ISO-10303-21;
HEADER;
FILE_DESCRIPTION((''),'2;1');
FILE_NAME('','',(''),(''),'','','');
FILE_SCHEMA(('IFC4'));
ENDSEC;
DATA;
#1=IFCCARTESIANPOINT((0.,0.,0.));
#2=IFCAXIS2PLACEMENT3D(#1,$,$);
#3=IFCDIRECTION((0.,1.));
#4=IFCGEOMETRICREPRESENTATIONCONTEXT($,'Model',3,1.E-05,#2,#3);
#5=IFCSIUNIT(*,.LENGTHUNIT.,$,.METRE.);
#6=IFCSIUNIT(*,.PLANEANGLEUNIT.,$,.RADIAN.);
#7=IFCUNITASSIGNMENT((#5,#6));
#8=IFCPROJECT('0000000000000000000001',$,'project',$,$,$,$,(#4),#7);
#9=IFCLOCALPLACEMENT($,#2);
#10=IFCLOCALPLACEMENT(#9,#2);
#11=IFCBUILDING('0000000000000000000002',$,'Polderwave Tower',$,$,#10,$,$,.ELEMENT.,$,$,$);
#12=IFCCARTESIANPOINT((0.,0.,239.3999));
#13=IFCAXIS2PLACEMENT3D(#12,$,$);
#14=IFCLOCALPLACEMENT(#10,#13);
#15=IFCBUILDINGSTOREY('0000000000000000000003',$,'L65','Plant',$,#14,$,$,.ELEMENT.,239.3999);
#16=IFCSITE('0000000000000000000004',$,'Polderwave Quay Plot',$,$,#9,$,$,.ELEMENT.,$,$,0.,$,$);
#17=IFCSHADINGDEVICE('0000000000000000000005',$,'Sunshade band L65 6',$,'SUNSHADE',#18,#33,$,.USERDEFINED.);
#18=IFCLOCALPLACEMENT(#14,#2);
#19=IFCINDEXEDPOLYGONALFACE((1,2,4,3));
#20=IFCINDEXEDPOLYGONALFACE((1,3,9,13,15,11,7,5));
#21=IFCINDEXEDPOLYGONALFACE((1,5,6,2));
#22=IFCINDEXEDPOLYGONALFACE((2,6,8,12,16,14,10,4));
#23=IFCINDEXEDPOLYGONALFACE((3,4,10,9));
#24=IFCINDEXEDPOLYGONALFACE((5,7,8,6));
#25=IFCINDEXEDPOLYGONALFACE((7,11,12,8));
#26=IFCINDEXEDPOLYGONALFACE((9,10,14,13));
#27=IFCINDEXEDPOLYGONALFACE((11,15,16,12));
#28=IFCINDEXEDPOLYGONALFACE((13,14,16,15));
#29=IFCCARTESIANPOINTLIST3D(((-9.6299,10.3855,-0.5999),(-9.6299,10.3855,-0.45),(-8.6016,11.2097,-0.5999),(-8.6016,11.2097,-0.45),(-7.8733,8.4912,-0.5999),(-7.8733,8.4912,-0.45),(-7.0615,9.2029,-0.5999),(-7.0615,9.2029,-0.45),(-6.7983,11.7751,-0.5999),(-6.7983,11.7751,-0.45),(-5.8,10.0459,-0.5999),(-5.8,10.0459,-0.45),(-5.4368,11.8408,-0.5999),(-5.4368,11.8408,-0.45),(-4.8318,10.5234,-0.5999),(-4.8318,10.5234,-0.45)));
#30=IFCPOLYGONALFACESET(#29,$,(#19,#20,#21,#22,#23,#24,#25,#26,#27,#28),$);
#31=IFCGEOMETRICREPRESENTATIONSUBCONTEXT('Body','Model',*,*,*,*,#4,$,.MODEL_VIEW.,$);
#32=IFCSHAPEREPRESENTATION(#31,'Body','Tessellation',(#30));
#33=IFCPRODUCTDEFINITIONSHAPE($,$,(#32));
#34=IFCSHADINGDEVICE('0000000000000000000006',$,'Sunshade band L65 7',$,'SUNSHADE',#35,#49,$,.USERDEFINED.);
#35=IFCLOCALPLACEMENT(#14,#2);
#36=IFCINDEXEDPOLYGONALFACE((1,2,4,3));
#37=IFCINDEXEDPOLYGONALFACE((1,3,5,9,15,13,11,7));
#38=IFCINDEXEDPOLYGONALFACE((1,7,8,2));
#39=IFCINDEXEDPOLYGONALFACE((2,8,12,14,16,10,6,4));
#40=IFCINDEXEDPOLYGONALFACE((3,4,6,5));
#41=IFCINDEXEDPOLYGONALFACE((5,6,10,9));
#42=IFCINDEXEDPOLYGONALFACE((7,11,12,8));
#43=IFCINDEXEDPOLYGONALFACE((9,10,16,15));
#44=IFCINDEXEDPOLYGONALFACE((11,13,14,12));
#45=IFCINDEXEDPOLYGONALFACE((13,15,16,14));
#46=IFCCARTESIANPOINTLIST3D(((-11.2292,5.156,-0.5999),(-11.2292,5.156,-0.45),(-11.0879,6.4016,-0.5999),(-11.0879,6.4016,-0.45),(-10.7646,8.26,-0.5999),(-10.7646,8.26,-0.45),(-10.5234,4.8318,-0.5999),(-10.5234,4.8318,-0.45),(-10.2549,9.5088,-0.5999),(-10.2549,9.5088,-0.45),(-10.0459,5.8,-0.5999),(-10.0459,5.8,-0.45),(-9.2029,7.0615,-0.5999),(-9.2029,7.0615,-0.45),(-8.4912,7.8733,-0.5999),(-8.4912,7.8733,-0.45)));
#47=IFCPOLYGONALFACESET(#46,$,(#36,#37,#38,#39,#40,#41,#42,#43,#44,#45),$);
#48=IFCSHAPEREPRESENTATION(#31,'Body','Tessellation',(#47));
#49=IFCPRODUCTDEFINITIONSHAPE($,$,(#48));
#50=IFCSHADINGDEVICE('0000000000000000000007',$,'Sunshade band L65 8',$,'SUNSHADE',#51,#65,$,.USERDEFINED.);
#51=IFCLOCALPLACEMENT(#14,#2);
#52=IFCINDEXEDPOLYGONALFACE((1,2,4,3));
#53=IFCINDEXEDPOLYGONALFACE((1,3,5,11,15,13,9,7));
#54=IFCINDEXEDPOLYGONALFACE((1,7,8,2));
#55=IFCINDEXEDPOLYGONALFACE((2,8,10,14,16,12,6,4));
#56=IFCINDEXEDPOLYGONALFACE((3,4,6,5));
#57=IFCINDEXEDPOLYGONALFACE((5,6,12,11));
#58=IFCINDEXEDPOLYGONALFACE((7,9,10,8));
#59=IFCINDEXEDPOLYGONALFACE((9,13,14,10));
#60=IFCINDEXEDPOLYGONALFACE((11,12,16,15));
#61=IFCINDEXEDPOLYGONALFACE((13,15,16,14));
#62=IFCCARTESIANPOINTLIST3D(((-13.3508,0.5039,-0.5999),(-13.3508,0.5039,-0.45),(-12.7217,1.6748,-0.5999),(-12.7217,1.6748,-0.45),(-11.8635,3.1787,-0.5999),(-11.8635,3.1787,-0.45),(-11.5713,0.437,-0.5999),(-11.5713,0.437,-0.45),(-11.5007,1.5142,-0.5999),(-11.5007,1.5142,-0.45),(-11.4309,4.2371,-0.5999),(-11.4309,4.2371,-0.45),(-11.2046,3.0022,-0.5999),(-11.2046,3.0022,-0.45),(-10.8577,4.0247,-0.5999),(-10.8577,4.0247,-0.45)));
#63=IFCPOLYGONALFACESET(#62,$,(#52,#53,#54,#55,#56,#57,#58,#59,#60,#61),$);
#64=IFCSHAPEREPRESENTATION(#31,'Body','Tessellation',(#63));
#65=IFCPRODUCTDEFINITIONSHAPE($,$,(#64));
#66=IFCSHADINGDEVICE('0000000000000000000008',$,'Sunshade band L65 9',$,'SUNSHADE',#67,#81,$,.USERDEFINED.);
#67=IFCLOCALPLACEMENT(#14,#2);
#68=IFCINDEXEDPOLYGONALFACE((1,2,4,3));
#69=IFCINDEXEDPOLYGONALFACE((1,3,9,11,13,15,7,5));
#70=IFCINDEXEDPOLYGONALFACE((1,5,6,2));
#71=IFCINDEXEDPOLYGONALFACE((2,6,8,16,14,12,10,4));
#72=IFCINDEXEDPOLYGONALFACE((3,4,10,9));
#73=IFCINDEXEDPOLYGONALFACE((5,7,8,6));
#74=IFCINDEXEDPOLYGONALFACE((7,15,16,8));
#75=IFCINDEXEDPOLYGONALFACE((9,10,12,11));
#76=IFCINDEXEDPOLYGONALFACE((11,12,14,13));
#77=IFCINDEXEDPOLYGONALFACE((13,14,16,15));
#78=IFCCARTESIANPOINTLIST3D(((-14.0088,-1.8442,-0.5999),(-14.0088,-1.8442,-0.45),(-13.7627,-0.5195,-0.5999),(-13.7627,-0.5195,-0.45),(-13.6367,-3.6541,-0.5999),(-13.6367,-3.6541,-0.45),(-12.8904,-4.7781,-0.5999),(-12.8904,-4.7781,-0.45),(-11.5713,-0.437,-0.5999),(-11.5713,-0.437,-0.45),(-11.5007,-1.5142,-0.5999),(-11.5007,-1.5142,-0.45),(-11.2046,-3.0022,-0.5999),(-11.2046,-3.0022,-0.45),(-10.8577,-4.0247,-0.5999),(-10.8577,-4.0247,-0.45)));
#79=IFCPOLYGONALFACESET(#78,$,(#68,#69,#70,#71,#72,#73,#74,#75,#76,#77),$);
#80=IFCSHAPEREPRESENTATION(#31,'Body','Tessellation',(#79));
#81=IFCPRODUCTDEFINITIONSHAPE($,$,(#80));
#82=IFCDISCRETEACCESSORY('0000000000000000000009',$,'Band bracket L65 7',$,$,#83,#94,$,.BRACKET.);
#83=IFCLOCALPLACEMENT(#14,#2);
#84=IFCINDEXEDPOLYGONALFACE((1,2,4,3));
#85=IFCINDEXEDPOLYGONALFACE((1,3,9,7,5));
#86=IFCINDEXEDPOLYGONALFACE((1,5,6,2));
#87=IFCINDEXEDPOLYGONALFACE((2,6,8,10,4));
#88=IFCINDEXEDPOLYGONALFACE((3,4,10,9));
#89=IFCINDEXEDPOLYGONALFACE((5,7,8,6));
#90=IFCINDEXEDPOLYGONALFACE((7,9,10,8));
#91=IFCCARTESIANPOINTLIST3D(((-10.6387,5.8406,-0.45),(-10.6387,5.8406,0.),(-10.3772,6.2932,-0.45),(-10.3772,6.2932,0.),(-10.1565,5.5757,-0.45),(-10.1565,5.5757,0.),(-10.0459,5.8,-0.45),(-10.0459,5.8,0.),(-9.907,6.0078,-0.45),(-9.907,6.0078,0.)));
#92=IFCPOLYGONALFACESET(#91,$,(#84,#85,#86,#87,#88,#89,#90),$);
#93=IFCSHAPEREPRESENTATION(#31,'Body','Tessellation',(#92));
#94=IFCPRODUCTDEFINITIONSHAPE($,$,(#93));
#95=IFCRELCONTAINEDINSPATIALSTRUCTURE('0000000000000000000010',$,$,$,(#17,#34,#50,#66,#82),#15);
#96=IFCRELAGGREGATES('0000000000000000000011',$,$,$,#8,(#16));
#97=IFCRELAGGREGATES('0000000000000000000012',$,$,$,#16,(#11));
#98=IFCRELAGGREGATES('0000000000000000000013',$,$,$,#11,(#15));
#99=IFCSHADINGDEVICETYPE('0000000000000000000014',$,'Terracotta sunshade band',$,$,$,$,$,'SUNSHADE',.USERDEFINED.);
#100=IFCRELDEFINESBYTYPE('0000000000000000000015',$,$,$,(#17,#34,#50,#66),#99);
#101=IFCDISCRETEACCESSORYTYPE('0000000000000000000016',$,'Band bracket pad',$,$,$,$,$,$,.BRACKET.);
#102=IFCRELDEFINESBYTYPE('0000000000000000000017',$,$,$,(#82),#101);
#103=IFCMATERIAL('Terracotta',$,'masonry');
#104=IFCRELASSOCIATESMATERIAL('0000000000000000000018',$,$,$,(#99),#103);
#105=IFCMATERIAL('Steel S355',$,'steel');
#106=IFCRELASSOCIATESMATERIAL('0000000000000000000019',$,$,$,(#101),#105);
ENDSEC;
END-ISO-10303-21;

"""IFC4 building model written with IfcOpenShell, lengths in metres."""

from ifc_helpers import new_model, si_unit, direction, frame, origin, place, context, subcontext, project, spatial, polyline, outline, extrude, material, type_object, element, save


model = new_model("IFC4")

# Units and contexts
model_context = context("Model", 3, precision=1e-05, world=origin(), true_north=direction((0.0, 1.0)))
body_context = subcontext(model_context, "Body", "Model", "MODEL_VIEW")
ifc_project = project(units=[si_unit("LENGTHUNIT", "METRE"), si_unit("PLANEANGLEUNIT", "RADIAN")], contexts=[model_context])

# Site, building, storey
site_placement = place(None, origin())
site = spatial("IfcSite", under=ifc_project, at=site_placement, Name="Polderwave Quay Plot", CompositionType="ELEMENT", RefElevation=0.0)
building_placement = place(site_placement, origin())
building = spatial("IfcBuilding", under=site, at=building_placement, Name="Polderwave Tower", CompositionType="ELEMENT")
storey_placement = place(building_placement, frame((0.0, 0.0, 239.3999)))
storey = spatial("IfcBuildingStorey", under=building, at=storey_placement, Name="L65", Description="Plant", CompositionType="ELEMENT", Elevation=239.3999)

# Shading devices
ifc_material_1 = material(Name="Terracotta", Category="masonry")
shading_device_type = type_object("IfcShadingDeviceType", Name="Terracotta sunshade band", ElementType="SUNSHADE", PredefinedType="USERDEFINED", material=ifc_material_1)
shading_device_1_placement = place(storey_placement, frame((0.0, 0.0, -0.5999)))
element("IfcShadingDevice", 1, at=shading_device_1_placement, inside=storey, type_object=shading_device_type, Name="Sunshade band L65 6", ObjectType="SUNSHADE", PredefinedType="USERDEFINED", context=body_context, shape_type="SweptSolid", body=[
    extrude(outline(polyline([(-4.8318, 10.5234), (-5.8, 10.0459), (-7.0615, 9.2029), (-7.8733, 8.4912), (-9.6299, 10.3855), (-8.6016, 11.2097), (-6.7983, 11.7751), (-5.4368, 11.8408), (-4.8318, 10.5234)])), origin(), (0.0, 0.0, 1.0), 0.1499),
])
shading_device_2_placement = place(storey_placement, frame((0.0, 0.0, -0.5999)))
element("IfcShadingDevice", 2, at=shading_device_2_placement, inside=storey, type_object=shading_device_type, Name="Sunshade band L65 7", ObjectType="SUNSHADE", PredefinedType="USERDEFINED", context=body_context, shape_type="SweptSolid", body=[
    extrude(outline(polyline([(-8.4912, 7.8733), (-9.2029, 7.0615), (-10.0459, 5.8), (-10.5234, 4.8318), (-11.2292, 5.156), (-11.0879, 6.4016), (-10.7646, 8.26), (-10.2549, 9.5088), (-8.4912, 7.8733)])), origin(), (0.0, 0.0, 1.0), 0.1499),
])
shading_device_3_placement = place(storey_placement, frame((0.0, 0.0, -0.5999)))
element("IfcShadingDevice", 3, at=shading_device_3_placement, inside=storey, type_object=shading_device_type, Name="Sunshade band L65 8", ObjectType="SUNSHADE", PredefinedType="USERDEFINED", context=body_context, shape_type="SweptSolid", body=[
    extrude(outline(polyline([(-10.8577, 4.0247), (-11.2046, 3.0022), (-11.5007, 1.5142), (-11.5713, 0.437), (-13.3508, 0.5039), (-12.7217, 1.6748), (-11.8635, 3.1787), (-11.4309, 4.2371), (-10.8577, 4.0247)])), origin(), (0.0, 0.0, 1.0), 0.1499),
])
shading_device_4_placement = place(storey_placement, frame((0.0, 0.0, -0.5999)))
element("IfcShadingDevice", 4, at=shading_device_4_placement, inside=storey, type_object=shading_device_type, Name="Sunshade band L65 9", ObjectType="SUNSHADE", PredefinedType="USERDEFINED", context=body_context, shape_type="SweptSolid", body=[
    extrude(outline(polyline([(-11.5713, -0.437), (-11.5007, -1.5142), (-11.2046, -3.0022), (-10.8577, -4.0247), (-12.8904, -4.7781), (-13.6367, -3.6541), (-14.0088, -1.8442), (-13.7627, -0.5195), (-11.5713, -0.437)])), origin(), (0.0, 0.0, 1.0), 0.1499),
])

# Discrete accessory
ifc_material_2 = material(Name="Steel S355", Category="steel")
discrete_accessory_type = type_object("IfcDiscreteAccessoryType", Name="Band bracket pad", PredefinedType="BRACKET", material=ifc_material_2)
discrete_accessory_placement = place(storey_placement, frame((0.0, 0.0, -0.45)))
element("IfcDiscreteAccessory", 5, at=discrete_accessory_placement, inside=storey, type_object=discrete_accessory_type, Name="Band bracket L65 7", PredefinedType="BRACKET", context=body_context, shape_type="SweptSolid", body=[
    extrude(outline(polyline([(-9.907, 6.0078), (-10.0459, 5.8), (-10.1565, 5.5757), (-10.6387, 5.8406), (-10.3772, 6.2932), (-9.907, 6.0078)])), origin(), (0.0, 0.0, 1.0), 0.45),
])

save(model, "model.ifc")
